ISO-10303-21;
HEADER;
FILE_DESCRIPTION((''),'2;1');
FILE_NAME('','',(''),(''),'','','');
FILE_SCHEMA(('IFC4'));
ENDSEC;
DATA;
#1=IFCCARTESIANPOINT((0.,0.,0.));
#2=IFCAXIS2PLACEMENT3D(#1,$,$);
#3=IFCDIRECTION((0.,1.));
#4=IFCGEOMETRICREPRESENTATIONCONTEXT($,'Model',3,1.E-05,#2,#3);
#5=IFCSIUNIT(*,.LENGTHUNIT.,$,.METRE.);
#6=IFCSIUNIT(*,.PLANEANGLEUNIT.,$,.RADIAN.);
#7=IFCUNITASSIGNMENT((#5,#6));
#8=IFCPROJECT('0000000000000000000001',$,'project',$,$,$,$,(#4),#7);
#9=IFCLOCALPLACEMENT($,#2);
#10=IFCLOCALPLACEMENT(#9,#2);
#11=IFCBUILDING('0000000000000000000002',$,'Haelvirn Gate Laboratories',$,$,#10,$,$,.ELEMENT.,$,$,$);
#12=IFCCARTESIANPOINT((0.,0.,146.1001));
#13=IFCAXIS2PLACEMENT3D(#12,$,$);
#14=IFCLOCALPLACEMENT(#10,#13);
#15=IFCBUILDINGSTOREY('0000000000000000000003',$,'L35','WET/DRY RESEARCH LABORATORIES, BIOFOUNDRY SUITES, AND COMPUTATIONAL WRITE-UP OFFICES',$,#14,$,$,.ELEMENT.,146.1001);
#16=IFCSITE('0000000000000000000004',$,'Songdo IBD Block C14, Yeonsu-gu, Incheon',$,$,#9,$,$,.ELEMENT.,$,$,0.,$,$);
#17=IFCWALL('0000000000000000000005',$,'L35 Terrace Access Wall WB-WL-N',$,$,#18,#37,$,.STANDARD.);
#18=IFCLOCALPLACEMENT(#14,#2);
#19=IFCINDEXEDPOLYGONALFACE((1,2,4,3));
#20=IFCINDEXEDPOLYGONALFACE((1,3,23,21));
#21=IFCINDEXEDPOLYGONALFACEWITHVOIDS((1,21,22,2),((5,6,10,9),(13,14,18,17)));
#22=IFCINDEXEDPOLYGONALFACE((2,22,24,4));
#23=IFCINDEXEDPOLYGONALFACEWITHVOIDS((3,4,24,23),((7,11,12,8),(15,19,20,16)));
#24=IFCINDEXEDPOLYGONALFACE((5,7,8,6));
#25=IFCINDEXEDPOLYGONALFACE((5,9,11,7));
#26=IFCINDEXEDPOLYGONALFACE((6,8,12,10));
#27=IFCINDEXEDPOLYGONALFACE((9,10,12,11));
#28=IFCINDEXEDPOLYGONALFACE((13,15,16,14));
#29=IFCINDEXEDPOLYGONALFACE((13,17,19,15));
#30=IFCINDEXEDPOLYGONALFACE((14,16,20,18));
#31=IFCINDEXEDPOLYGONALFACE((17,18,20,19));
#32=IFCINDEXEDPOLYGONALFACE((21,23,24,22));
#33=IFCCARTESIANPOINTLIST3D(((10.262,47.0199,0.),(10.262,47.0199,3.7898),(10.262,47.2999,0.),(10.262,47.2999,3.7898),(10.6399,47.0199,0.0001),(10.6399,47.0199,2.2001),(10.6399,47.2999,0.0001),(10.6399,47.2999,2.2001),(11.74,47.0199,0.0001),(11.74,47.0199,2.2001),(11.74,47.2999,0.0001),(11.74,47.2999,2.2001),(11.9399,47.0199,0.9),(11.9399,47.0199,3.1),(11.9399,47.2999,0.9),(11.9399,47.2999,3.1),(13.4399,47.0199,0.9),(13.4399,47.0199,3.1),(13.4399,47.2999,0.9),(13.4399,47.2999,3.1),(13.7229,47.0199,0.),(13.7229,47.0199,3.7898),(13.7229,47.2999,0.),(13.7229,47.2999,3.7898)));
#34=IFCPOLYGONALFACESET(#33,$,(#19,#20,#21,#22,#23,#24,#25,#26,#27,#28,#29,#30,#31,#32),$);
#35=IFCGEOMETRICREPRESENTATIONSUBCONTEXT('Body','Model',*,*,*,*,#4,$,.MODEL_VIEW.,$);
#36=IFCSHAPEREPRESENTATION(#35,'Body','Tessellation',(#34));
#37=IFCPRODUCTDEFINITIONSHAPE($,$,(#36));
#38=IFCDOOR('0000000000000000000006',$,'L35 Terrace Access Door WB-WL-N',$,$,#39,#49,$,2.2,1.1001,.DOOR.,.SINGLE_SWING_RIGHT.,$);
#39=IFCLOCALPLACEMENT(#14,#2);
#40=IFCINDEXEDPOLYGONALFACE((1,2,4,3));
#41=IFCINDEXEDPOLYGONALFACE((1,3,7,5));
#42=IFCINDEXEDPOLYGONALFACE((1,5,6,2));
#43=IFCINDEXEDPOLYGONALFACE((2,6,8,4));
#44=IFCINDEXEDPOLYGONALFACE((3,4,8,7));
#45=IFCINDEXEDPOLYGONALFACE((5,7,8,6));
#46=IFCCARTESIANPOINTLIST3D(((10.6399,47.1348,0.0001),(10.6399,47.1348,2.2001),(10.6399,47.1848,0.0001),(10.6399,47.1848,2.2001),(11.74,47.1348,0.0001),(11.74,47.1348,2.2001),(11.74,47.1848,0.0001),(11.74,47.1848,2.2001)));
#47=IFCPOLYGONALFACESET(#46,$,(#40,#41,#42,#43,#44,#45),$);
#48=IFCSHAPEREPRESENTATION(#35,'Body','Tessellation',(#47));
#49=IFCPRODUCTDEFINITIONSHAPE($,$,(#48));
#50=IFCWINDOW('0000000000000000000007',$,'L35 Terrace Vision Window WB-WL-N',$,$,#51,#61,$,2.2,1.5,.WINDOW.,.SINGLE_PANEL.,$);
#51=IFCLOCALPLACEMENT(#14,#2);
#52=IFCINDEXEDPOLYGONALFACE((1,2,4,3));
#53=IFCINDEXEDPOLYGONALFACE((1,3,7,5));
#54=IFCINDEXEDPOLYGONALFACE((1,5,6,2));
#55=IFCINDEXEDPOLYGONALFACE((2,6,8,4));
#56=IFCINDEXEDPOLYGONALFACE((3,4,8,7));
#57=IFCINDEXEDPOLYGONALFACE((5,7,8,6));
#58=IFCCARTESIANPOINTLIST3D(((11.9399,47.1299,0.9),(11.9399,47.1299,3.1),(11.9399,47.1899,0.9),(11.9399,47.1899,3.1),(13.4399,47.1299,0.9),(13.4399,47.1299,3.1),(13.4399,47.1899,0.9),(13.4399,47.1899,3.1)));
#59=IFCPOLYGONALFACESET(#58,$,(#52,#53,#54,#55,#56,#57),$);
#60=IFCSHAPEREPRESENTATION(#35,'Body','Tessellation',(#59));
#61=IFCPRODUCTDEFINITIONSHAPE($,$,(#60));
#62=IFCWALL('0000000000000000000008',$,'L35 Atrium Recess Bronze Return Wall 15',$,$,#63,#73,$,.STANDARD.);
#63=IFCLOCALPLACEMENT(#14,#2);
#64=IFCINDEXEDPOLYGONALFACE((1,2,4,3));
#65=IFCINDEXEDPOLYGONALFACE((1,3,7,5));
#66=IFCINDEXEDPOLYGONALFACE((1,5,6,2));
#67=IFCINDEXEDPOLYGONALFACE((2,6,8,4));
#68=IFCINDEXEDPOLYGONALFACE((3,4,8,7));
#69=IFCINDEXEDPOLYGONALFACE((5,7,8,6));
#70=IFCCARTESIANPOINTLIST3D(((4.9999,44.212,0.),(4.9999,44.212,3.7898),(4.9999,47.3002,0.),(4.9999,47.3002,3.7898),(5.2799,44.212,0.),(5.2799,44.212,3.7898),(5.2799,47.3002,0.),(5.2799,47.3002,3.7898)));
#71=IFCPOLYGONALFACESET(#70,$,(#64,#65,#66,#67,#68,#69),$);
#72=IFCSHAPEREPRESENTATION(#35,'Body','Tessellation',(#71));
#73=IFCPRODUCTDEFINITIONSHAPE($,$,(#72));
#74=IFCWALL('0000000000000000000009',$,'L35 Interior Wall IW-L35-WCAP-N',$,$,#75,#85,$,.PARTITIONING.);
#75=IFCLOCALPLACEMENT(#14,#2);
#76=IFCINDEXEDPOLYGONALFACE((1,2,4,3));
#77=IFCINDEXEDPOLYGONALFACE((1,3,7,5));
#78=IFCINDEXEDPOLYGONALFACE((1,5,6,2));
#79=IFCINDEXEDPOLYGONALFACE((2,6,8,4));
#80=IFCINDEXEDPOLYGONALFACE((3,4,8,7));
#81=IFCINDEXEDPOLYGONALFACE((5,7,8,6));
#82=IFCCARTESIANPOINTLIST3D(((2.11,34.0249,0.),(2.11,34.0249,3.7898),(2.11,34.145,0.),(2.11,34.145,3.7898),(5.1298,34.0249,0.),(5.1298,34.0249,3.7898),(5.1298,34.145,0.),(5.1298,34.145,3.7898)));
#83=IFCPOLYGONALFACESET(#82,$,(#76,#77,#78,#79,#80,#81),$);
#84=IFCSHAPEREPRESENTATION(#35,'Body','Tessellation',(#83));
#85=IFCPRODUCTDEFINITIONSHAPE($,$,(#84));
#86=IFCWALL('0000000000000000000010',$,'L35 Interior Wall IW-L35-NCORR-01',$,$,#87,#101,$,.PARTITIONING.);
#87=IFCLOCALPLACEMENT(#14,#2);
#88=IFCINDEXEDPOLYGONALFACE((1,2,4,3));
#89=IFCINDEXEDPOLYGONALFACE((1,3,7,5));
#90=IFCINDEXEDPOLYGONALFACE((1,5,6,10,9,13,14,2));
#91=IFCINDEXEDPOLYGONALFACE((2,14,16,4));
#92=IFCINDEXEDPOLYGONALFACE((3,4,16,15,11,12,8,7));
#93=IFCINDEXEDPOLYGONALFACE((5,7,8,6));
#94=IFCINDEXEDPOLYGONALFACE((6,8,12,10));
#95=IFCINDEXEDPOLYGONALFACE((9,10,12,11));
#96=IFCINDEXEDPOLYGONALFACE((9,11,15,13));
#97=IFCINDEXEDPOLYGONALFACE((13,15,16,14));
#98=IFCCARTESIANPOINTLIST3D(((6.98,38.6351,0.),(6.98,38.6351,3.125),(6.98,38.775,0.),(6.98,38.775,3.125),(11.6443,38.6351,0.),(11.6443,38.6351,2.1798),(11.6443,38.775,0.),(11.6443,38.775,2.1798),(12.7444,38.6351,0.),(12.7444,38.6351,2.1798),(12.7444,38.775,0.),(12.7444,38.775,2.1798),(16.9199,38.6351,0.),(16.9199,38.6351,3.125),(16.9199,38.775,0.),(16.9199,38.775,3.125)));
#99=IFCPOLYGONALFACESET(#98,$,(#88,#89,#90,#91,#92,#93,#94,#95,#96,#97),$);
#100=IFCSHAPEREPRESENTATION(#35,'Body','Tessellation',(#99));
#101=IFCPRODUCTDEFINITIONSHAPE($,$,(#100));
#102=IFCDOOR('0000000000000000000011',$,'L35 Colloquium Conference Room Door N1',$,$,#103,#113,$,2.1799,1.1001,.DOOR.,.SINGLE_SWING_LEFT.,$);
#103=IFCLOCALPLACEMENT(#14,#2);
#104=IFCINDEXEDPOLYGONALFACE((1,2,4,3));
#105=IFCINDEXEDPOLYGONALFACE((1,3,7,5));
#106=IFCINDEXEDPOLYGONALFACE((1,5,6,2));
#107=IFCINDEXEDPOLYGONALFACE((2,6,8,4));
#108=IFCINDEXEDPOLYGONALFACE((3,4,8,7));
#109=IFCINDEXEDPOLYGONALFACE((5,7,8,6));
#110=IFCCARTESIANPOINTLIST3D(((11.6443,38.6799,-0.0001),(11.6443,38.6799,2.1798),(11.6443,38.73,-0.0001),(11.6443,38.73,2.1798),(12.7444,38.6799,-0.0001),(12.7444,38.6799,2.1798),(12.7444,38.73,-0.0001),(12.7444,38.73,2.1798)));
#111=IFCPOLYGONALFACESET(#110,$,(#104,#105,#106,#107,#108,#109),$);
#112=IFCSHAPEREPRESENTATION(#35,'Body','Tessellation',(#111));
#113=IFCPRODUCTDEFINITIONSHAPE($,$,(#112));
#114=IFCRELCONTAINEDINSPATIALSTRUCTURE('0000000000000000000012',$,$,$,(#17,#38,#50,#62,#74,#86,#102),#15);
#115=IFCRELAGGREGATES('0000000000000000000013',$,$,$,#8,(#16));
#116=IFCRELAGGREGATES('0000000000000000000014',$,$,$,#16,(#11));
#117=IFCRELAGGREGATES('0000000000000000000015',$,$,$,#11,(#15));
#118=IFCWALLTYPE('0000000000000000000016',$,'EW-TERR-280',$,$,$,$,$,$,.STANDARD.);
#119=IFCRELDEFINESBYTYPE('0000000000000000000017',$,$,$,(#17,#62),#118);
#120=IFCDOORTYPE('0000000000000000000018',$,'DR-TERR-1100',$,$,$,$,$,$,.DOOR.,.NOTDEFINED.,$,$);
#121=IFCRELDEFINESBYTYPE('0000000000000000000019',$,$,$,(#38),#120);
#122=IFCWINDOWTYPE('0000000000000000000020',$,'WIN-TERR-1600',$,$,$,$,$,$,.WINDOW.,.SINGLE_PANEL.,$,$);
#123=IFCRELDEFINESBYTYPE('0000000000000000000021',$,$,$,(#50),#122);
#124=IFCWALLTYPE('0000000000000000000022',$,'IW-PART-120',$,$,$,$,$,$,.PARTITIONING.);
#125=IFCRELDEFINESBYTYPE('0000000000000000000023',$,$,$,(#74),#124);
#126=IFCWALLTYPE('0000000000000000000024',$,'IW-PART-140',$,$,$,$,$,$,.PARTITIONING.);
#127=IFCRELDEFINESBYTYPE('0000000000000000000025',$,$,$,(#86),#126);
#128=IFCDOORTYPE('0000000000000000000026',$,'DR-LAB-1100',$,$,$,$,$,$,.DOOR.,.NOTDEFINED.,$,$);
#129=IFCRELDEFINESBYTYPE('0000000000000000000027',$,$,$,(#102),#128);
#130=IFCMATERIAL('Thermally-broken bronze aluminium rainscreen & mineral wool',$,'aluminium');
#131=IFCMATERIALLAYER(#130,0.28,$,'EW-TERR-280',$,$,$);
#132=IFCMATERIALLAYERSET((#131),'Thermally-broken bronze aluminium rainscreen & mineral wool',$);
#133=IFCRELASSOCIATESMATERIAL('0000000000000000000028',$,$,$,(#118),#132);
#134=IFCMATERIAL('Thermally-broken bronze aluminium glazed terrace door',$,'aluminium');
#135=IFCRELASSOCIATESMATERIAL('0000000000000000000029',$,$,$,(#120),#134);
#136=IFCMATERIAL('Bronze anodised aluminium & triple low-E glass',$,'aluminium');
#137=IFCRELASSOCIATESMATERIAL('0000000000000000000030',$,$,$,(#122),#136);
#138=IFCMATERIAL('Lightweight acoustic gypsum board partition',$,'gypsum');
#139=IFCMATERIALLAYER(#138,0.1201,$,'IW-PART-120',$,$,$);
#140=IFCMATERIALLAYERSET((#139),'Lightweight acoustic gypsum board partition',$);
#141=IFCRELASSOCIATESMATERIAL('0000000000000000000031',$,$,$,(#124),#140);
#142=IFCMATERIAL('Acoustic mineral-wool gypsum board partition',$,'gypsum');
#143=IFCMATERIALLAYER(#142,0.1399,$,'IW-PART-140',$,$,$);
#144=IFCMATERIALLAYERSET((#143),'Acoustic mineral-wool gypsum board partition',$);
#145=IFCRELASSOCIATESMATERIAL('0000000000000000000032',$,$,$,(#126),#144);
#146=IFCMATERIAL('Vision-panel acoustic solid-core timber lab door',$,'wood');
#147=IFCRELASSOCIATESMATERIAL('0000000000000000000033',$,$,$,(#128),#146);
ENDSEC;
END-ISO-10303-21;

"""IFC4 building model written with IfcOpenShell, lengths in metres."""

from ifc_helpers import new_model, si_unit, direction, frame, frame_2d, origin, place, context, subcontext, project, spatial, rectangle, extrude, source, transform, mapped, material, layer, layer_set, type_object, type_shapes, element, fill, save


model = new_model("IFC4")

# Units and contexts
model_context = context("Model", 3, precision=1e-05, world=origin(), true_north=direction((0.0, 1.0)))
body_context = subcontext(model_context, "Body", "Model", "MODEL_VIEW")
ifc_project = project(units=[si_unit("LENGTHUNIT", "METRE"), si_unit("PLANEANGLEUNIT", "RADIAN")], contexts=[model_context])

# Site, building, storey
site_placement = place(None, origin())
site = spatial("IfcSite", under=ifc_project, at=site_placement, Name="Songdo IBD Block C14, Yeonsu-gu, Incheon", CompositionType="ELEMENT", RefElevation=0.0)
building_placement = place(site_placement, origin())
building = spatial("IfcBuilding", under=site, at=building_placement, Name="Haelvirn Gate Laboratories", CompositionType="ELEMENT")
storey_placement = place(building_placement, frame((0.0, 0.0, 146.1001)))
storey = spatial("IfcBuildingStorey", under=building, at=storey_placement, Name="L35", Description="WET/DRY RESEARCH LABORATORIES, BIOFOUNDRY SUITES, AND COMPUTATIONAL WRITE-UP OFFICES", CompositionType="ELEMENT", Elevation=146.1001)

# Wall, openings, door, window
ifc_material_1 = material(Name="Thermally-broken bronze aluminium rainscreen & mineral wool", Category="aluminium")
ifc_layer_1 = layer(ifc_material_1, 0.28, Name="EW-TERR-280")
ifc_layer_set_1 = layer_set([ifc_layer_1], Name="Thermally-broken bronze aluminium rainscreen & mineral wool")
wall_type_1 = type_object("IfcWallType", Name="EW-TERR-280", PredefinedType="STANDARD", material=ifc_layer_set_1)
wall_1_placement = place(storey_placement, frame((10.262, 47.1599, 0.0), z_axis=(0.0, 0.0, 1.0), x_axis=(1.0, 0.0, 0.0)))
wall_1 = element("IfcWall", 1, at=wall_1_placement, inside=storey, type_object=wall_type_1, Name="L35 Terrace Access Wall WB-WL-N", PredefinedType="STANDARD", context=body_context, shape_type="SweptSolid", body=[
    extrude(rectangle(XDim=3.4609, YDim=0.28, at=frame_2d((1.7305, 0.0))), origin(), (0.0, 0.0, 1.0), 3.7898),
])
opening_1_placement = place(wall_1_placement, frame((0.3779, 0.0, 0.0)))
opening_1 = element("IfcOpeningElement", 2, at=opening_1_placement, cuts=wall_1, PredefinedType="OPENING", context=body_context, shape_type="SweptSolid", body=[
    extrude(rectangle(XDim=1.1001, YDim=2.2, at=frame_2d((0.55, 1.1001))), frame((0.0, 0.1499, 0.0), z_axis=(0.0, -1.0, 0.0), x_axis=(1.0, 0.0, 0.0)), (0.0, 0.0, 1.0), 0.3),
])
opening_2_placement = place(wall_1_placement, frame((1.678, 0.0, 0.8999)))
opening_2 = element("IfcOpeningElement", 3, at=opening_2_placement, cuts=wall_1, PredefinedType="OPENING", context=body_context, shape_type="SweptSolid", body=[
    extrude(rectangle(XDim=1.5, YDim=2.2, at=frame_2d((0.75, 1.1001))), frame((0.0, 0.1499, 0.0), z_axis=(0.0, -1.0, 0.0), x_axis=(1.0, 0.0, 0.0)), (0.0, 0.0, 1.0), 0.3),
])
ifc_material_2 = material(Name="Thermally-broken bronze aluminium glazed terrace door", Category="aluminium")
door_type_1 = type_object("IfcDoorType", Name="DR-TERR-1100", OperationType="NOTDEFINED", PredefinedType="DOOR", material=ifc_material_2)
shared_shape_1 = source(origin(), body_context, "Body", "SweptSolid", [
    extrude(rectangle(XDim=1.1001, YDim=2.2, at=frame_2d((0.55, 1.1001))), frame((0.0, 0.0249, 0.0), z_axis=(0.0, -1.0, 0.0), x_axis=(1.0, 0.0, 0.0)), (0.0, 0.0, 1.0), 0.05),
])
type_shapes(door_type_1, [shared_shape_1])
door_1_placement = place(opening_1_placement, origin())
door_1 = element("IfcDoor", 4, at=door_1_placement, inside=storey, type_object=door_type_1, Name="L35 Terrace Access Door WB-WL-N", OperationType="SINGLE_SWING_RIGHT", OverallHeight=2.2, OverallWidth=1.1001, PredefinedType="DOOR", context=body_context, shape_type="MappedRepresentation", body=[
    mapped(shared_shape_1, transform((0.0, 0.0, 0.0), scale=1.0)),
])
fill(opening_1, door_1)
ifc_material_3 = material(Name="Bronze anodised aluminium & triple low-E glass", Category="aluminium")
window_type = type_object("IfcWindowType", Name="WIN-TERR-1600", PartitioningType="SINGLE_PANEL", PredefinedType="WINDOW", material=ifc_material_3)
shared_shape_2 = source(origin(), body_context, "Body", "SweptSolid", [
    extrude(rectangle(XDim=1.5, YDim=2.2, at=frame_2d((0.75, 1.1001))), frame((0.0, 0.03, 0.0), z_axis=(0.0, -1.0, 0.0), x_axis=(1.0, 0.0, 0.0)), (0.0, 0.0, 1.0), 0.0601),
])
type_shapes(window_type, [shared_shape_2])
window_placement = place(opening_2_placement, origin())
window = element("IfcWindow", 5, at=window_placement, inside=storey, type_object=window_type, Name="L35 Terrace Vision Window WB-WL-N", OverallHeight=2.2, OverallWidth=1.5, PartitioningType="SINGLE_PANEL", PredefinedType="WINDOW", context=body_context, shape_type="MappedRepresentation", body=[
    mapped(shared_shape_2, transform((0.0, 0.0, 0.0), scale=1.0)),
])
fill(opening_2, window)

# Walls
wall_2_placement = place(storey_placement, frame((5.1399, 47.3, 0.0), z_axis=(0.0, 0.0, 1.0), x_axis=(0.0, -1.0, 0.0)))
element("IfcWall", 6, at=wall_2_placement, inside=storey, type_object=wall_type_1, Name="L35 Atrium Recess Bronze Return Wall 15", PredefinedType="STANDARD", context=body_context, shape_type="SweptSolid", body=[
    extrude(rectangle(XDim=3.0881, YDim=0.28, at=frame_2d((1.5439, 0.0))), origin(), (0.0, 0.0, 1.0), 3.7898),
])
ifc_material_4 = material(Name="Lightweight acoustic gypsum board partition", Category="gypsum")
ifc_layer_2 = layer(ifc_material_4, 0.1201, Name="IW-PART-120")
ifc_layer_set_2 = layer_set([ifc_layer_2], Name="Lightweight acoustic gypsum board partition")
wall_type_2 = type_object("IfcWallType", Name="IW-PART-120", PredefinedType="PARTITIONING", material=ifc_layer_set_2)
wall_3_placement = place(storey_placement, frame((2.1101, 34.085, 0.0), z_axis=(0.0, 0.0, 1.0), x_axis=(1.0, 0.0, 0.0)))
element("IfcWall", 7, at=wall_3_placement, inside=storey, type_object=wall_type_2, Name="L35 Interior Wall IW-L35-WCAP-N", PredefinedType="PARTITIONING", context=body_context, shape_type="SweptSolid", body=[
    extrude(rectangle(XDim=3.0198, YDim=0.1201, at=frame_2d((1.5098, 0.0))), origin(), (0.0, 0.0, 1.0), 3.7898),
])

# Wall, opening, door
ifc_material_5 = material(Name="Acoustic mineral-wool gypsum board partition", Category="gypsum")
ifc_layer_3 = layer(ifc_material_5, 0.1399, Name="IW-PART-140")
ifc_layer_set_3 = layer_set([ifc_layer_3], Name="Acoustic mineral-wool gypsum board partition")
wall_type_3 = type_object("IfcWallType", Name="IW-PART-140", PredefinedType="PARTITIONING", material=ifc_layer_set_3)
wall_4_placement = place(storey_placement, frame((6.98, 38.7051, 0.0), z_axis=(0.0, 0.0, 1.0), x_axis=(1.0, 0.0, 0.0)))
wall_4 = element("IfcWall", 8, at=wall_4_placement, inside=storey, type_object=wall_type_3, Name="L35 Interior Wall IW-L35-NCORR-01", PredefinedType="PARTITIONING", context=body_context, shape_type="SweptSolid", body=[
    extrude(rectangle(XDim=9.9399, YDim=0.1399, at=frame_2d((4.97, 0.0))), origin(), (0.0, 0.0, 1.0), 3.125),
])
opening_3_placement = place(wall_4_placement, frame((4.6643, 0.0, 0.0)))
opening_3 = element("IfcOpeningElement", 9, at=opening_3_placement, cuts=wall_4, PredefinedType="OPENING", context=body_context, shape_type="SweptSolid", body=[
    extrude(rectangle(XDim=1.1001, YDim=2.1799, at=frame_2d((0.55, 1.0898))), frame((0.0, 0.0801, 0.0), z_axis=(0.0, -1.0, 0.0), x_axis=(1.0, 0.0, 0.0)), (0.0, 0.0, 1.0), 0.1599),
])
ifc_material_6 = material(Name="Vision-panel acoustic solid-core timber lab door", Category="wood")
door_type_2 = type_object("IfcDoorType", Name="DR-LAB-1100", OperationType="NOTDEFINED", PredefinedType="DOOR", material=ifc_material_6)
shared_shape_3 = source(origin(), body_context, "Body", "SweptSolid", [
    extrude(rectangle(XDim=1.1001, YDim=2.1799, at=frame_2d((0.55, 1.0898))), frame((0.0, 0.0249, 0.0), z_axis=(0.0, -1.0, 0.0), x_axis=(1.0, 0.0, 0.0)), (0.0, 0.0, 1.0), 0.05),
])
type_shapes(door_type_2, [shared_shape_3])
door_2_placement = place(opening_3_placement, origin())
door_2 = element("IfcDoor", 10, at=door_2_placement, inside=storey, type_object=door_type_2, Name="L35 Colloquium Conference Room Door N1", OperationType="SINGLE_SWING_LEFT", OverallHeight=2.1799, OverallWidth=1.1001, PredefinedType="DOOR", context=body_context, shape_type="MappedRepresentation", body=[
    mapped(shared_shape_3, transform((0.0, 0.0, 0.0), scale=1.0)),
])
fill(opening_3, door_2)

save(model, "model.ifc")
